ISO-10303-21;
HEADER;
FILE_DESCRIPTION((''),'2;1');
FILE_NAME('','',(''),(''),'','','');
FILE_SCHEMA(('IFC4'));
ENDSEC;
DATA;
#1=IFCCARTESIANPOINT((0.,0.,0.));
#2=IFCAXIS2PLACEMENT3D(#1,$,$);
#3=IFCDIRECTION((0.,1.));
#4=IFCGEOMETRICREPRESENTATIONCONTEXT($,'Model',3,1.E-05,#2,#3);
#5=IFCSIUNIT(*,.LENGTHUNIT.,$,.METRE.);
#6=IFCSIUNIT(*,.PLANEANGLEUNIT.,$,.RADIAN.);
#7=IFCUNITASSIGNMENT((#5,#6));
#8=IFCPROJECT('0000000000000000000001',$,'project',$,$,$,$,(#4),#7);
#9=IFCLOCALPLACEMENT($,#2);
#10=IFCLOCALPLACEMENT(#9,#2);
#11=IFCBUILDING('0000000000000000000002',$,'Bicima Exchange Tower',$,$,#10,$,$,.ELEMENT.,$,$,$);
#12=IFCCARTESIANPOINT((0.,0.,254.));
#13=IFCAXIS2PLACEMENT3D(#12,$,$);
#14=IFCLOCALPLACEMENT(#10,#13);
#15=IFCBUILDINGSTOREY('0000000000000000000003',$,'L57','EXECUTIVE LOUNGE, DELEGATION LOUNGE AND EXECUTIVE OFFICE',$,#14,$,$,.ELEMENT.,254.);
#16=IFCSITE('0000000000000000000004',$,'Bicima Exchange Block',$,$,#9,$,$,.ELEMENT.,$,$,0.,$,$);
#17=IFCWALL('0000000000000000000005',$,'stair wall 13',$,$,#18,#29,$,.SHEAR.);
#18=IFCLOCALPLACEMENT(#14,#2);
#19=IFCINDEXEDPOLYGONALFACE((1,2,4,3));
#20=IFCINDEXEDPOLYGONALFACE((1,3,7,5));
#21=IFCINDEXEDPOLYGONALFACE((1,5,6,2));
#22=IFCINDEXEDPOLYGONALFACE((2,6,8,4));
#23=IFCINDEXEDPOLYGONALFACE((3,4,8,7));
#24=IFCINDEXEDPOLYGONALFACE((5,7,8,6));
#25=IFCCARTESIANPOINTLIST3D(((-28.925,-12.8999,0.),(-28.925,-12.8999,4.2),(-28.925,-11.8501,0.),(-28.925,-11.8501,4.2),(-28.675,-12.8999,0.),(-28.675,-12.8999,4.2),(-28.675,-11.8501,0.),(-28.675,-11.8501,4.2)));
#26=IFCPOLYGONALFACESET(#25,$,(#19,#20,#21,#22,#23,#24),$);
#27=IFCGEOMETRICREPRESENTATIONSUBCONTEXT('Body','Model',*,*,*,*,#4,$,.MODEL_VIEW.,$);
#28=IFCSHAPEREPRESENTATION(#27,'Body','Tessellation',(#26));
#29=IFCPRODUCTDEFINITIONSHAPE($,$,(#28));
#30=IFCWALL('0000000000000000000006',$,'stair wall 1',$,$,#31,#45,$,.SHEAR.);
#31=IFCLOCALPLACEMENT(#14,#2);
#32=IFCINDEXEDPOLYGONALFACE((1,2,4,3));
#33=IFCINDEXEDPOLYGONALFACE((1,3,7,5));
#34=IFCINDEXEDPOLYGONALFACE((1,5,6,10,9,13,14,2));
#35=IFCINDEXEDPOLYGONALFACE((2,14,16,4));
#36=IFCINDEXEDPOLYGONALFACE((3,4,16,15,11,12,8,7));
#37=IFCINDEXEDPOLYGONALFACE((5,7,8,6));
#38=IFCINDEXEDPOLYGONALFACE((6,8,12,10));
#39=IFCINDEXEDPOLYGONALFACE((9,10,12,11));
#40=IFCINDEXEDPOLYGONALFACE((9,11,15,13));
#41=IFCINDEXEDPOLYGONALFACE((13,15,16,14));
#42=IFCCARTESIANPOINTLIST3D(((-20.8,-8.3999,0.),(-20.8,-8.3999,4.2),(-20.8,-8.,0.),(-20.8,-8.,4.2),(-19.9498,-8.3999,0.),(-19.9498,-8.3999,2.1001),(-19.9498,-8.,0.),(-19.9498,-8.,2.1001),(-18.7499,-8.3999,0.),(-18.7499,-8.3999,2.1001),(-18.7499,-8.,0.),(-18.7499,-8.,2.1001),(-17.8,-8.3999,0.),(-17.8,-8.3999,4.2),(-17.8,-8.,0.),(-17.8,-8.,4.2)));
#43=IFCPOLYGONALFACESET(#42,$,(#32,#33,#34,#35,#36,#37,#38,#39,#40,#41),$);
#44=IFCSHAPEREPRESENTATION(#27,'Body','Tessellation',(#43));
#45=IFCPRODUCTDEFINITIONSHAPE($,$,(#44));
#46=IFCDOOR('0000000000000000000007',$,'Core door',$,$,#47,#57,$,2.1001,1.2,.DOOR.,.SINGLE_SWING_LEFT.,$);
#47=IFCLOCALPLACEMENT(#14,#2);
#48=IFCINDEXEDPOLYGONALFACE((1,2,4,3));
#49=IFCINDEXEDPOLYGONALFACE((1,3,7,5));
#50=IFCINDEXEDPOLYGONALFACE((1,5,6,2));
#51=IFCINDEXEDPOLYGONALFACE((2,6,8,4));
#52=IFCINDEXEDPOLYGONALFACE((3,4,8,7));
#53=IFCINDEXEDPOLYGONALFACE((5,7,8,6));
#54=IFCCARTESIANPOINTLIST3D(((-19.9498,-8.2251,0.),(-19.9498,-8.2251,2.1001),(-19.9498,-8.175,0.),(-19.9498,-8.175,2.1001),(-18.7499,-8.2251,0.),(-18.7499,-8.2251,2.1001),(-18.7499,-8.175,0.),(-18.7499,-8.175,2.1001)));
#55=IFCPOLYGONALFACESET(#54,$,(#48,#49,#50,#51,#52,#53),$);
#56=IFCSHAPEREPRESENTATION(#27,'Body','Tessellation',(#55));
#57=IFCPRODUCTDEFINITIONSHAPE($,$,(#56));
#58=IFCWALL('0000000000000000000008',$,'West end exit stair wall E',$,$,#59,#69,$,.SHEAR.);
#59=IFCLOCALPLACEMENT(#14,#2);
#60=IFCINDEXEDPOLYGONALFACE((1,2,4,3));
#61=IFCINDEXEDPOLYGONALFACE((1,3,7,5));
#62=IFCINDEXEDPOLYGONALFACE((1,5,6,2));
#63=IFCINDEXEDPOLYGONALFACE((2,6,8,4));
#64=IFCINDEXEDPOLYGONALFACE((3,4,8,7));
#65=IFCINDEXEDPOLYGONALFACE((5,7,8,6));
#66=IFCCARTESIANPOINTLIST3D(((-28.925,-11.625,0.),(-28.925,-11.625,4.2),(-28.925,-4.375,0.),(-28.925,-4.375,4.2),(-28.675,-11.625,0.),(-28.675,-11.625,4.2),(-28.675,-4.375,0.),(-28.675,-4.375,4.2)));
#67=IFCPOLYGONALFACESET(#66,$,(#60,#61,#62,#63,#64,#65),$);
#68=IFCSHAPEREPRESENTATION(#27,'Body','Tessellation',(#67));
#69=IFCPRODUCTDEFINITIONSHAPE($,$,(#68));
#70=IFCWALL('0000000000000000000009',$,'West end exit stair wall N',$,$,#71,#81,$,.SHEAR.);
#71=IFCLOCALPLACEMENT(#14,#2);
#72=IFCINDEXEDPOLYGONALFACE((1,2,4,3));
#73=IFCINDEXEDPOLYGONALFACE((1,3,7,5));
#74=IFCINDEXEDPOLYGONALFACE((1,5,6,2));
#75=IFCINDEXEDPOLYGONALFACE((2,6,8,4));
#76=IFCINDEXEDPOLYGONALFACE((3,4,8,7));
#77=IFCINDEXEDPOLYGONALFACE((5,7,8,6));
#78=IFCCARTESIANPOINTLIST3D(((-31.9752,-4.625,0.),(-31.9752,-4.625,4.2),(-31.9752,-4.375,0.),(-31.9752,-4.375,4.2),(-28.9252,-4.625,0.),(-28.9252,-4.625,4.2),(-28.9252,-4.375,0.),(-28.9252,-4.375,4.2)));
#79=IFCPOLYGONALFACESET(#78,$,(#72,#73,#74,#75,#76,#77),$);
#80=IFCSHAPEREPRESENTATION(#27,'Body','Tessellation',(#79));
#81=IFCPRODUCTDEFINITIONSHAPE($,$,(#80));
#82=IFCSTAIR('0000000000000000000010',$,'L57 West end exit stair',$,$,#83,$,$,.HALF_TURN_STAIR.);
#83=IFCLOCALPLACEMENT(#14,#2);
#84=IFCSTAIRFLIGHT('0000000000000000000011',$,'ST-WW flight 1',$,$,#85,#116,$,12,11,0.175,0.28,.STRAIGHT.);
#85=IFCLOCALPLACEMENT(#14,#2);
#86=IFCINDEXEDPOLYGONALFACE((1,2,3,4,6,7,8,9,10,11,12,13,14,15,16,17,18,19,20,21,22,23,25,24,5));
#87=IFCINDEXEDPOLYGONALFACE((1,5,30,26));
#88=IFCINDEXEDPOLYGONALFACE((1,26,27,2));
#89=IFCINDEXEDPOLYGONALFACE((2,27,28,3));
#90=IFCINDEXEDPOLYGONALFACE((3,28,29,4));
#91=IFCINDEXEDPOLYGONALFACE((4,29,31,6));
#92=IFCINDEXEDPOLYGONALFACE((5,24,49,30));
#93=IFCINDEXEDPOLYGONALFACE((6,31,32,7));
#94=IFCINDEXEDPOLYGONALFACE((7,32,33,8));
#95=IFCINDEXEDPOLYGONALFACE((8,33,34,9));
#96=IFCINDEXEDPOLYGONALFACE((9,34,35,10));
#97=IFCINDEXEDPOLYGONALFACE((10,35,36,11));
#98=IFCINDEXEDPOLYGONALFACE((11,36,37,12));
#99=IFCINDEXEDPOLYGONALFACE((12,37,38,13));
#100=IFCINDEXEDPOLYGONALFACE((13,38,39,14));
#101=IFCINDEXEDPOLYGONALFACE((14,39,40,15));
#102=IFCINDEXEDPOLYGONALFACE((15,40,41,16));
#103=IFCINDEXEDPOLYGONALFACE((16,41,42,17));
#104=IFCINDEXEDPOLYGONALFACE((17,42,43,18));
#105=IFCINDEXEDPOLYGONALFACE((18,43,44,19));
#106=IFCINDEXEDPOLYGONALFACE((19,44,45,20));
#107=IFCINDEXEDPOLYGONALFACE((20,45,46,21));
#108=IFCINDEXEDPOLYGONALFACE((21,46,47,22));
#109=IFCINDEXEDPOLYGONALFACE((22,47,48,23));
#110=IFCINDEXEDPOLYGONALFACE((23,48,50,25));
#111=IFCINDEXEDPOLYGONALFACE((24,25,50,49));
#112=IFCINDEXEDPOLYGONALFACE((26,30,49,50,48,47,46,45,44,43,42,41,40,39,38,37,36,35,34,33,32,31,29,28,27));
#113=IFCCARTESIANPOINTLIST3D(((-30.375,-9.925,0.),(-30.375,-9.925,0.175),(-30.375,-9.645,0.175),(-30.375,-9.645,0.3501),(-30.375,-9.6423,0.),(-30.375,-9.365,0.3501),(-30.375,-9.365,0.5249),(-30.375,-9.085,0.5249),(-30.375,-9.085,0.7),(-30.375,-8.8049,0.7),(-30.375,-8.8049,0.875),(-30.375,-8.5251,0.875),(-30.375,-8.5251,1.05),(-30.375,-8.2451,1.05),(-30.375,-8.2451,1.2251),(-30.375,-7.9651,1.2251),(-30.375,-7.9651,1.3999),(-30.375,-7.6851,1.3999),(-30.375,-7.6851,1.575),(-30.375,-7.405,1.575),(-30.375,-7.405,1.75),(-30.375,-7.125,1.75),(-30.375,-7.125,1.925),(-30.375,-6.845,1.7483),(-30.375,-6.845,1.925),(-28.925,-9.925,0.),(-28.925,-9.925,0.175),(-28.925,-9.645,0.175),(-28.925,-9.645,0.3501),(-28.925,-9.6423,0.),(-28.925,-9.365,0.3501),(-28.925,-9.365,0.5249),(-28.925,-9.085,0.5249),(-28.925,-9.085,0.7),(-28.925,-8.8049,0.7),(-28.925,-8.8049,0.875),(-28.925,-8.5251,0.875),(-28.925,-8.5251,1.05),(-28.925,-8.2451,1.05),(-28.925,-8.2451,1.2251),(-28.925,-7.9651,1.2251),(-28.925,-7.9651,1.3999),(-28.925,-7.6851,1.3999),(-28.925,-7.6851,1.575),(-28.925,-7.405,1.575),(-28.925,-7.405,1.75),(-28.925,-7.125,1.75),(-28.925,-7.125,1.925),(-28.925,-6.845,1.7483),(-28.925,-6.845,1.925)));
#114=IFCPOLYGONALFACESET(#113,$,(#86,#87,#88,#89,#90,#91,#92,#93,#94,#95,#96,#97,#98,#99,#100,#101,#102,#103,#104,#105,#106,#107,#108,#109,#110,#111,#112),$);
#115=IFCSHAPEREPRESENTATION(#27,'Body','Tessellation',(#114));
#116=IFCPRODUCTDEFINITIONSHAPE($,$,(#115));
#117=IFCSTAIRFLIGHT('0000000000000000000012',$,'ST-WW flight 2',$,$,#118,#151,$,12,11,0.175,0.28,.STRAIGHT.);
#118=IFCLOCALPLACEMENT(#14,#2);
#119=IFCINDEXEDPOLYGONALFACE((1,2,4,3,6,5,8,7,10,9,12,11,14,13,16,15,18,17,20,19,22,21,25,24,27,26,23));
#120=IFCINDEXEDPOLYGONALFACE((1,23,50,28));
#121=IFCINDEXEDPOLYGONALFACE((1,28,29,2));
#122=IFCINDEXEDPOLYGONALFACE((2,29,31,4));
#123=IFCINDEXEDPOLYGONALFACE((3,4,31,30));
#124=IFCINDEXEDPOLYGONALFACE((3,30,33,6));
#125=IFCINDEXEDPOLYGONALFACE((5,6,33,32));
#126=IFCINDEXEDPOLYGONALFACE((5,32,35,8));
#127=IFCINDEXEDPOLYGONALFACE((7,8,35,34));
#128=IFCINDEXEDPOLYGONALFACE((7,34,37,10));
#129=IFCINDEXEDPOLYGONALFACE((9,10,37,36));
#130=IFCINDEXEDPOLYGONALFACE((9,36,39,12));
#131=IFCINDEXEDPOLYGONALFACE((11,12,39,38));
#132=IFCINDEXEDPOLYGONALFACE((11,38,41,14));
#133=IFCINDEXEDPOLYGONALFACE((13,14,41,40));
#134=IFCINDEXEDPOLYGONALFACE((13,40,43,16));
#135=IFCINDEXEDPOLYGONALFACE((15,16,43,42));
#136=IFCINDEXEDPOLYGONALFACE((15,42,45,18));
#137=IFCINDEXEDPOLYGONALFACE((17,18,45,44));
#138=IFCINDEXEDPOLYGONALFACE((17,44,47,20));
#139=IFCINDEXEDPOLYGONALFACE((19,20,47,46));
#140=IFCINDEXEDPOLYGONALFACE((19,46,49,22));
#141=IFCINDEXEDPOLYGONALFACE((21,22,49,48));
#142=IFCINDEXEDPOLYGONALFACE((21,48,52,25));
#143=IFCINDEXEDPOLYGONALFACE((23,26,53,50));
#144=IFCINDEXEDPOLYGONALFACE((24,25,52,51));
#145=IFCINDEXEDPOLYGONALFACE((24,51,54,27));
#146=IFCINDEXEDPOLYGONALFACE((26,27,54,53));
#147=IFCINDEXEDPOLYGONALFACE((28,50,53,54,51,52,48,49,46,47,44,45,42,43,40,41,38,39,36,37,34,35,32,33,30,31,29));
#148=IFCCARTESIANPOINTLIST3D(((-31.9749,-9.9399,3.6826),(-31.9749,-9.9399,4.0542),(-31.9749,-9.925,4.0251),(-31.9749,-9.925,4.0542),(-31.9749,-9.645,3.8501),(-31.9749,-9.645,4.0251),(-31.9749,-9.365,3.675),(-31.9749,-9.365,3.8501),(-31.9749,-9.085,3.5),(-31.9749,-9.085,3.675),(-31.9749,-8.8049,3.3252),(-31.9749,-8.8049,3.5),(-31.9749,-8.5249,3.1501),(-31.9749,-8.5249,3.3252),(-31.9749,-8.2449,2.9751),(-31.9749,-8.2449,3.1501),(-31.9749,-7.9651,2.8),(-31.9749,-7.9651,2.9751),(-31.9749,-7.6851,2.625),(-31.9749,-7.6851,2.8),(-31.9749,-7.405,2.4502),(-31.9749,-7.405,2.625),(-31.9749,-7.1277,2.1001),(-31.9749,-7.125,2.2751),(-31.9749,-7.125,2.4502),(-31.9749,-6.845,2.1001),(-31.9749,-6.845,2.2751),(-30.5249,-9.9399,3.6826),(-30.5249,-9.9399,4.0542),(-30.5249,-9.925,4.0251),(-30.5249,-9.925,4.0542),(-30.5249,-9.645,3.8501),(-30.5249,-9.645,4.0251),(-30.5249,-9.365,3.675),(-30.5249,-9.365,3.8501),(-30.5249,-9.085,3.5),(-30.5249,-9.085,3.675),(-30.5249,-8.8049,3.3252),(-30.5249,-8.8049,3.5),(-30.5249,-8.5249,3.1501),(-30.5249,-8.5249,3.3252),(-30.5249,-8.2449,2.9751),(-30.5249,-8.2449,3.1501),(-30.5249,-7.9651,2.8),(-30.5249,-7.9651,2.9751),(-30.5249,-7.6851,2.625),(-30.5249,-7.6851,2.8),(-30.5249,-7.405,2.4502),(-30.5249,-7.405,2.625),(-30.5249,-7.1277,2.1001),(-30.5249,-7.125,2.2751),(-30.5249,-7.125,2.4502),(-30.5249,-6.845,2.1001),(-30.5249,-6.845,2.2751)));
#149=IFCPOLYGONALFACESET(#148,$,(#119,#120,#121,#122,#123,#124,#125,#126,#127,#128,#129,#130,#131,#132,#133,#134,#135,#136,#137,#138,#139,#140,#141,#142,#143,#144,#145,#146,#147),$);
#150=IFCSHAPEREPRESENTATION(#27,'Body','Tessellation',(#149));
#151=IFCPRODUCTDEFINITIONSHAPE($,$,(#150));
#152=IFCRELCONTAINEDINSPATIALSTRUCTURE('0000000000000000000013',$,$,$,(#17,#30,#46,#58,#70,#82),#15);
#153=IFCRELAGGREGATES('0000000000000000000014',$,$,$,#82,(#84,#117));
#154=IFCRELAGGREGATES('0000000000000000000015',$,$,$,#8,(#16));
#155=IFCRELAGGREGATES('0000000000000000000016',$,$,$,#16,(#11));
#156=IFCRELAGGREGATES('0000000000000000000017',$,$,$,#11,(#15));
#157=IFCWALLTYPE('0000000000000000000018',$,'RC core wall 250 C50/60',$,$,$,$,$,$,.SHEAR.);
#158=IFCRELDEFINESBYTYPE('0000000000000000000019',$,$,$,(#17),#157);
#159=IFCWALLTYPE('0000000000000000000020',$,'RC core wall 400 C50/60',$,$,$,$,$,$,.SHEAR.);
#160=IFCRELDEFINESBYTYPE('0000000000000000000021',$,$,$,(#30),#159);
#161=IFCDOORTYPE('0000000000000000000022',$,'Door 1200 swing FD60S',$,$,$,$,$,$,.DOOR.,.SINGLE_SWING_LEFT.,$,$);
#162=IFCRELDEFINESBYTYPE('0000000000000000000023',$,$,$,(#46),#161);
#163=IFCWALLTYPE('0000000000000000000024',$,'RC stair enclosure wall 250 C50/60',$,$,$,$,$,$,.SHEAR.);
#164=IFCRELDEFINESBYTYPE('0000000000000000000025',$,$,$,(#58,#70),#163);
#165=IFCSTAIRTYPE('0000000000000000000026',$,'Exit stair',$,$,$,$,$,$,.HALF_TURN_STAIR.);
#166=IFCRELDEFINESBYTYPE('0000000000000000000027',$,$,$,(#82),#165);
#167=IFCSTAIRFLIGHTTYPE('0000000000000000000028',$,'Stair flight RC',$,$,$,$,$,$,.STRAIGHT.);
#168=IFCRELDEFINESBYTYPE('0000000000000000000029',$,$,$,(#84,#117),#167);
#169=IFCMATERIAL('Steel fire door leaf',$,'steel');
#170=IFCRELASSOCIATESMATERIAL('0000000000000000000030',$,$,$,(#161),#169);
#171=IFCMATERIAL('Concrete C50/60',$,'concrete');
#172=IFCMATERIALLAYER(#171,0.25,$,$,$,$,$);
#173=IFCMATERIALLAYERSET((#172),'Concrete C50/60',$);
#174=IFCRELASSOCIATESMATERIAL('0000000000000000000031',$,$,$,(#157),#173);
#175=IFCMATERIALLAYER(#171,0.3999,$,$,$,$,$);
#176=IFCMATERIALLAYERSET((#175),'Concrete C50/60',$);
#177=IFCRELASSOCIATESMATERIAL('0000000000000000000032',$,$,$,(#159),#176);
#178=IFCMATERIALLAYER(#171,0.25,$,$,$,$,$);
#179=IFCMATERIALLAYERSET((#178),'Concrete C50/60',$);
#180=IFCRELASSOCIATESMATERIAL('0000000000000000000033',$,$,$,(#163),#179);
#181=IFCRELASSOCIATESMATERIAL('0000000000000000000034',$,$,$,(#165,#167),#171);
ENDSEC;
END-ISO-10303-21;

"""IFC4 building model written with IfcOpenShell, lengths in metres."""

from ifc_helpers import new_model, si_unit, direction, frame, frame_2d, origin, place, context, subcontext, project, spatial, polyline, rectangle, outline, extrude, material, layer, layer_set, type_object, element, fill, aggregate, save


model = new_model("IFC4")

# Units and contexts
model_context = context("Model", 3, precision=1e-05, world=origin(), true_north=direction((0.0, 1.0)))
body_context = subcontext(model_context, "Body", "Model", "MODEL_VIEW")
ifc_project = project(units=[si_unit("LENGTHUNIT", "METRE"), si_unit("PLANEANGLEUNIT", "RADIAN")], contexts=[model_context])

# Site, building, storey
site_placement = place(None, origin())
site = spatial("IfcSite", under=ifc_project, at=site_placement, Name="Bicima Exchange Block", CompositionType="ELEMENT", RefElevation=0.0)
building_placement = place(site_placement, origin())
building = spatial("IfcBuilding", under=site, at=building_placement, Name="Bicima Exchange Tower", CompositionType="ELEMENT")
storey_placement = place(building_placement, frame((0.0, 0.0, 254.0)))
storey = spatial("IfcBuildingStorey", under=building, at=storey_placement, Name="L57", Description="EXECUTIVE LOUNGE, DELEGATION LOUNGE AND EXECUTIVE OFFICE", CompositionType="ELEMENT", Elevation=254.0)

# Shared definitions
ifc_material_1 = material(Name="Steel fire door leaf", Category="steel")
door_type_1 = type_object("IfcDoorType", Name="Door 1200 swing FD60S", OperationType="SINGLE_SWING_LEFT", PredefinedType="DOOR", material=ifc_material_1)

# Wall
ifc_material_2 = material(Name="Concrete C50/60", Category="concrete")
ifc_layer_1 = layer(ifc_material_2, 0.25)
ifc_layer_set_1 = layer_set([ifc_layer_1], Name="Concrete C50/60")
wall_type_1 = type_object("IfcWallType", Name="RC core wall 250 C50/60", PredefinedType="SHEAR", material=ifc_layer_set_1)
wall_1_placement = place(storey_placement, frame((-28.8, -12.8999, 0.0), z_axis=(0.0, 0.0, 1.0), x_axis=(0.0, 1.0, 0.0)))
element("IfcWall", 1, at=wall_1_placement, inside=storey, type_object=wall_type_1, Name="stair wall 13", PredefinedType="SHEAR", context=body_context, shape_type="SweptSolid", body=[
    extrude(rectangle(XDim=1.0498, YDim=0.25, at=frame_2d((0.5249, 0.0))), origin(), (0.0, 0.0, 1.0), 4.2),
])

# Wall, opening, door
ifc_layer_2 = layer(ifc_material_2, 0.3999)
ifc_layer_set_2 = layer_set([ifc_layer_2], Name="Concrete C50/60")
wall_type_2 = type_object("IfcWallType", Name="RC core wall 400 C50/60", PredefinedType="SHEAR", material=ifc_layer_set_2)
wall_2_placement = place(storey_placement, frame((-20.8, -8.2, 0.0), z_axis=(0.0, 0.0, 1.0), x_axis=(1.0, 0.0, 0.0)))
wall_2 = element("IfcWall", 2, at=wall_2_placement, inside=storey, type_object=wall_type_2, Name="stair wall 1", PredefinedType="SHEAR", context=body_context, shape_type="SweptSolid", body=[
    extrude(rectangle(XDim=3.0, YDim=0.3999, at=frame_2d((1.5, 0.0))), origin(), (0.0, 0.0, 1.0), 4.2),
])
opening_1_placement = place(wall_2_placement, frame((0.8501, 0.0, 0.0)))
opening_1 = element("IfcOpeningElement", 3, at=opening_1_placement, cuts=wall_2, PredefinedType="OPENING", context=body_context, shape_type="SweptSolid", body=[
    extrude(rectangle(XDim=1.2, YDim=2.1001, at=frame_2d((0.6001, 1.05))), frame((0.0, 0.2119, 0.0), z_axis=(0.0, -1.0, 0.0), x_axis=(1.0, 0.0, 0.0)), (0.0, 0.0, 1.0), 0.4238),
])
door_1_placement = place(opening_1_placement, origin())
door_1 = element("IfcDoor", 4, at=door_1_placement, inside=storey, type_object=door_type_1, Name="Core door", OperationType="SINGLE_SWING_LEFT", OverallHeight=2.1001, OverallWidth=1.2, PredefinedType="DOOR", context=body_context, shape_type="SweptSolid", body=[
    extrude(rectangle(XDim=1.2, YDim=2.1001, at=frame_2d((0.6001, 1.05))), frame((0.0, 0.0249, 0.0), z_axis=(0.0, -1.0, 0.0), x_axis=(1.0, 0.0, 0.0)), (0.0, 0.0, 1.0), 0.05),
])
fill(opening_1, door_1)

# Walls
ifc_layer_3 = layer(ifc_material_2, 0.25)
ifc_layer_set_3 = layer_set([ifc_layer_3], Name="Concrete C50/60")
wall_type_3 = type_object("IfcWallType", Name="RC stair enclosure wall 250 C50/60", PredefinedType="SHEAR", material=ifc_layer_set_3)
wall_3_placement = place(storey_placement, frame((-28.8, -11.625, 0.0), z_axis=(0.0, 0.0, 1.0), x_axis=(0.0, 1.0, 0.0)))
element("IfcWall", 5, at=wall_3_placement, inside=storey, type_object=wall_type_3, Name="West end exit stair wall E", PredefinedType="SHEAR", context=body_context, shape_type="SweptSolid", body=[
    extrude(rectangle(XDim=7.25, YDim=0.25, at=frame_2d((3.625, 0.0))), origin(), (0.0, 0.0, 1.0), 4.2),
])
wall_4_placement = place(storey_placement, frame((-31.9751, -4.5, 0.0), z_axis=(0.0, 0.0, 1.0), x_axis=(1.0, 0.0, 0.0)))
element("IfcWall", 6, at=wall_4_placement, inside=storey, type_object=wall_type_3, Name="West end exit stair wall N", PredefinedType="SHEAR", context=body_context, shape_type="SweptSolid", body=[
    extrude(rectangle(XDim=3.05, YDim=0.25, at=frame_2d((1.5249, 0.0))), origin(), (0.0, 0.0, 1.0), 4.2),
])

# Stair, stair flights
stair_type = type_object("IfcStairType", Name="Exit stair", PredefinedType="HALF_TURN_STAIR", material=ifc_material_2)
stair_placement = place(storey_placement, origin())
stair = element("IfcStair", 7, at=stair_placement, inside=storey, type_object=stair_type, Name="L57 West end exit stair", PredefinedType="HALF_TURN_STAIR")
stair_flight_type = type_object("IfcStairFlightType", Name="Stair flight RC", PredefinedType="STRAIGHT", material=ifc_material_2)
stair_flight_1_placement = place(storey_placement, frame((-29.6499, -9.925, 0.0), z_axis=(0.0, 0.0, 1.0), x_axis=(0.0, 1.0, 0.0)))
stair_flight_1 = element("IfcStairFlight", 8, at=stair_flight_1_placement, type_object=stair_flight_type, Name="ST-WW flight 1", NumberOfRisers=12, NumberOfTreads=11, PredefinedType="STRAIGHT", RiserHeight=0.175, TreadLength=0.28, context=body_context, shape_type="SweptSolid", body=[
    extrude(outline(polyline([(0.0, 0.0), (0.0, 0.175), (0.28, 0.175), (0.28, 0.3501), (0.5601, 0.3501), (0.5601, 0.5249), (0.8401, 0.5249), (0.8401, 0.7), (1.1201, 0.7), (1.1201, 0.875), (1.3999, 0.875), (1.3999, 1.05), (1.6799, 1.05), (1.6799, 1.2251), (1.96, 1.2251), (1.96, 1.3999), (2.24, 1.3999), (2.24, 1.575), (2.52, 1.575), (2.52, 1.75), (2.8, 1.75), (2.8, 1.925), (3.0801, 1.925), (3.0801, 2.1001), (3.0801, 1.7483), (0.2827, 0.0), (0.0, 0.0)])), frame((0.0, 0.7251, 0.0), z_axis=(0.0, -1.0, 0.0), x_axis=(1.0, 0.0, 0.0)), (0.0, 0.0, 1.0), 1.45),
])
stair_flight_2_placement = place(storey_placement, frame((-31.25, -6.845, 2.1001), z_axis=(0.0, 0.0, 1.0), x_axis=(0.0, -1.0, 0.0)))
stair_flight_2 = element("IfcStairFlight", 9, at=stair_flight_2_placement, type_object=stair_flight_type, Name="ST-WW flight 2", NumberOfRisers=12, NumberOfTreads=11, PredefinedType="STRAIGHT", RiserHeight=0.175, TreadLength=0.28, context=body_context, shape_type="SweptSolid", body=[
    extrude(outline(polyline([(0.0, 0.0), (0.0, 0.175), (0.28, 0.175), (0.28, 0.3501), (0.5601, 0.3501), (0.5601, 0.5249), (0.8401, 0.5249), (0.8401, 0.7), (1.1201, 0.7), (1.1201, 0.875), (1.3999, 0.875), (1.3999, 1.05), (1.6799, 1.05), (1.6799, 1.2251), (1.96, 1.2251), (1.96, 1.3999), (2.24, 1.3999), (2.24, 1.575), (2.52, 1.575), (2.52, 1.75), (2.8, 1.75), (2.8, 1.925), (3.0801, 1.925), (3.0801, 1.9541), (3.095, 1.9541), (3.095, 1.5825), (0.2827, 0.0), (0.0, 0.0)])), frame((0.0, 0.7251, 0.0), z_axis=(0.0, -1.0, 0.0), x_axis=(1.0, 0.0, 0.0)), (0.0, 0.0, 1.0), 1.45),
])
aggregate(stair, [stair_flight_1, stair_flight_2])

save(model, "model.ifc")
